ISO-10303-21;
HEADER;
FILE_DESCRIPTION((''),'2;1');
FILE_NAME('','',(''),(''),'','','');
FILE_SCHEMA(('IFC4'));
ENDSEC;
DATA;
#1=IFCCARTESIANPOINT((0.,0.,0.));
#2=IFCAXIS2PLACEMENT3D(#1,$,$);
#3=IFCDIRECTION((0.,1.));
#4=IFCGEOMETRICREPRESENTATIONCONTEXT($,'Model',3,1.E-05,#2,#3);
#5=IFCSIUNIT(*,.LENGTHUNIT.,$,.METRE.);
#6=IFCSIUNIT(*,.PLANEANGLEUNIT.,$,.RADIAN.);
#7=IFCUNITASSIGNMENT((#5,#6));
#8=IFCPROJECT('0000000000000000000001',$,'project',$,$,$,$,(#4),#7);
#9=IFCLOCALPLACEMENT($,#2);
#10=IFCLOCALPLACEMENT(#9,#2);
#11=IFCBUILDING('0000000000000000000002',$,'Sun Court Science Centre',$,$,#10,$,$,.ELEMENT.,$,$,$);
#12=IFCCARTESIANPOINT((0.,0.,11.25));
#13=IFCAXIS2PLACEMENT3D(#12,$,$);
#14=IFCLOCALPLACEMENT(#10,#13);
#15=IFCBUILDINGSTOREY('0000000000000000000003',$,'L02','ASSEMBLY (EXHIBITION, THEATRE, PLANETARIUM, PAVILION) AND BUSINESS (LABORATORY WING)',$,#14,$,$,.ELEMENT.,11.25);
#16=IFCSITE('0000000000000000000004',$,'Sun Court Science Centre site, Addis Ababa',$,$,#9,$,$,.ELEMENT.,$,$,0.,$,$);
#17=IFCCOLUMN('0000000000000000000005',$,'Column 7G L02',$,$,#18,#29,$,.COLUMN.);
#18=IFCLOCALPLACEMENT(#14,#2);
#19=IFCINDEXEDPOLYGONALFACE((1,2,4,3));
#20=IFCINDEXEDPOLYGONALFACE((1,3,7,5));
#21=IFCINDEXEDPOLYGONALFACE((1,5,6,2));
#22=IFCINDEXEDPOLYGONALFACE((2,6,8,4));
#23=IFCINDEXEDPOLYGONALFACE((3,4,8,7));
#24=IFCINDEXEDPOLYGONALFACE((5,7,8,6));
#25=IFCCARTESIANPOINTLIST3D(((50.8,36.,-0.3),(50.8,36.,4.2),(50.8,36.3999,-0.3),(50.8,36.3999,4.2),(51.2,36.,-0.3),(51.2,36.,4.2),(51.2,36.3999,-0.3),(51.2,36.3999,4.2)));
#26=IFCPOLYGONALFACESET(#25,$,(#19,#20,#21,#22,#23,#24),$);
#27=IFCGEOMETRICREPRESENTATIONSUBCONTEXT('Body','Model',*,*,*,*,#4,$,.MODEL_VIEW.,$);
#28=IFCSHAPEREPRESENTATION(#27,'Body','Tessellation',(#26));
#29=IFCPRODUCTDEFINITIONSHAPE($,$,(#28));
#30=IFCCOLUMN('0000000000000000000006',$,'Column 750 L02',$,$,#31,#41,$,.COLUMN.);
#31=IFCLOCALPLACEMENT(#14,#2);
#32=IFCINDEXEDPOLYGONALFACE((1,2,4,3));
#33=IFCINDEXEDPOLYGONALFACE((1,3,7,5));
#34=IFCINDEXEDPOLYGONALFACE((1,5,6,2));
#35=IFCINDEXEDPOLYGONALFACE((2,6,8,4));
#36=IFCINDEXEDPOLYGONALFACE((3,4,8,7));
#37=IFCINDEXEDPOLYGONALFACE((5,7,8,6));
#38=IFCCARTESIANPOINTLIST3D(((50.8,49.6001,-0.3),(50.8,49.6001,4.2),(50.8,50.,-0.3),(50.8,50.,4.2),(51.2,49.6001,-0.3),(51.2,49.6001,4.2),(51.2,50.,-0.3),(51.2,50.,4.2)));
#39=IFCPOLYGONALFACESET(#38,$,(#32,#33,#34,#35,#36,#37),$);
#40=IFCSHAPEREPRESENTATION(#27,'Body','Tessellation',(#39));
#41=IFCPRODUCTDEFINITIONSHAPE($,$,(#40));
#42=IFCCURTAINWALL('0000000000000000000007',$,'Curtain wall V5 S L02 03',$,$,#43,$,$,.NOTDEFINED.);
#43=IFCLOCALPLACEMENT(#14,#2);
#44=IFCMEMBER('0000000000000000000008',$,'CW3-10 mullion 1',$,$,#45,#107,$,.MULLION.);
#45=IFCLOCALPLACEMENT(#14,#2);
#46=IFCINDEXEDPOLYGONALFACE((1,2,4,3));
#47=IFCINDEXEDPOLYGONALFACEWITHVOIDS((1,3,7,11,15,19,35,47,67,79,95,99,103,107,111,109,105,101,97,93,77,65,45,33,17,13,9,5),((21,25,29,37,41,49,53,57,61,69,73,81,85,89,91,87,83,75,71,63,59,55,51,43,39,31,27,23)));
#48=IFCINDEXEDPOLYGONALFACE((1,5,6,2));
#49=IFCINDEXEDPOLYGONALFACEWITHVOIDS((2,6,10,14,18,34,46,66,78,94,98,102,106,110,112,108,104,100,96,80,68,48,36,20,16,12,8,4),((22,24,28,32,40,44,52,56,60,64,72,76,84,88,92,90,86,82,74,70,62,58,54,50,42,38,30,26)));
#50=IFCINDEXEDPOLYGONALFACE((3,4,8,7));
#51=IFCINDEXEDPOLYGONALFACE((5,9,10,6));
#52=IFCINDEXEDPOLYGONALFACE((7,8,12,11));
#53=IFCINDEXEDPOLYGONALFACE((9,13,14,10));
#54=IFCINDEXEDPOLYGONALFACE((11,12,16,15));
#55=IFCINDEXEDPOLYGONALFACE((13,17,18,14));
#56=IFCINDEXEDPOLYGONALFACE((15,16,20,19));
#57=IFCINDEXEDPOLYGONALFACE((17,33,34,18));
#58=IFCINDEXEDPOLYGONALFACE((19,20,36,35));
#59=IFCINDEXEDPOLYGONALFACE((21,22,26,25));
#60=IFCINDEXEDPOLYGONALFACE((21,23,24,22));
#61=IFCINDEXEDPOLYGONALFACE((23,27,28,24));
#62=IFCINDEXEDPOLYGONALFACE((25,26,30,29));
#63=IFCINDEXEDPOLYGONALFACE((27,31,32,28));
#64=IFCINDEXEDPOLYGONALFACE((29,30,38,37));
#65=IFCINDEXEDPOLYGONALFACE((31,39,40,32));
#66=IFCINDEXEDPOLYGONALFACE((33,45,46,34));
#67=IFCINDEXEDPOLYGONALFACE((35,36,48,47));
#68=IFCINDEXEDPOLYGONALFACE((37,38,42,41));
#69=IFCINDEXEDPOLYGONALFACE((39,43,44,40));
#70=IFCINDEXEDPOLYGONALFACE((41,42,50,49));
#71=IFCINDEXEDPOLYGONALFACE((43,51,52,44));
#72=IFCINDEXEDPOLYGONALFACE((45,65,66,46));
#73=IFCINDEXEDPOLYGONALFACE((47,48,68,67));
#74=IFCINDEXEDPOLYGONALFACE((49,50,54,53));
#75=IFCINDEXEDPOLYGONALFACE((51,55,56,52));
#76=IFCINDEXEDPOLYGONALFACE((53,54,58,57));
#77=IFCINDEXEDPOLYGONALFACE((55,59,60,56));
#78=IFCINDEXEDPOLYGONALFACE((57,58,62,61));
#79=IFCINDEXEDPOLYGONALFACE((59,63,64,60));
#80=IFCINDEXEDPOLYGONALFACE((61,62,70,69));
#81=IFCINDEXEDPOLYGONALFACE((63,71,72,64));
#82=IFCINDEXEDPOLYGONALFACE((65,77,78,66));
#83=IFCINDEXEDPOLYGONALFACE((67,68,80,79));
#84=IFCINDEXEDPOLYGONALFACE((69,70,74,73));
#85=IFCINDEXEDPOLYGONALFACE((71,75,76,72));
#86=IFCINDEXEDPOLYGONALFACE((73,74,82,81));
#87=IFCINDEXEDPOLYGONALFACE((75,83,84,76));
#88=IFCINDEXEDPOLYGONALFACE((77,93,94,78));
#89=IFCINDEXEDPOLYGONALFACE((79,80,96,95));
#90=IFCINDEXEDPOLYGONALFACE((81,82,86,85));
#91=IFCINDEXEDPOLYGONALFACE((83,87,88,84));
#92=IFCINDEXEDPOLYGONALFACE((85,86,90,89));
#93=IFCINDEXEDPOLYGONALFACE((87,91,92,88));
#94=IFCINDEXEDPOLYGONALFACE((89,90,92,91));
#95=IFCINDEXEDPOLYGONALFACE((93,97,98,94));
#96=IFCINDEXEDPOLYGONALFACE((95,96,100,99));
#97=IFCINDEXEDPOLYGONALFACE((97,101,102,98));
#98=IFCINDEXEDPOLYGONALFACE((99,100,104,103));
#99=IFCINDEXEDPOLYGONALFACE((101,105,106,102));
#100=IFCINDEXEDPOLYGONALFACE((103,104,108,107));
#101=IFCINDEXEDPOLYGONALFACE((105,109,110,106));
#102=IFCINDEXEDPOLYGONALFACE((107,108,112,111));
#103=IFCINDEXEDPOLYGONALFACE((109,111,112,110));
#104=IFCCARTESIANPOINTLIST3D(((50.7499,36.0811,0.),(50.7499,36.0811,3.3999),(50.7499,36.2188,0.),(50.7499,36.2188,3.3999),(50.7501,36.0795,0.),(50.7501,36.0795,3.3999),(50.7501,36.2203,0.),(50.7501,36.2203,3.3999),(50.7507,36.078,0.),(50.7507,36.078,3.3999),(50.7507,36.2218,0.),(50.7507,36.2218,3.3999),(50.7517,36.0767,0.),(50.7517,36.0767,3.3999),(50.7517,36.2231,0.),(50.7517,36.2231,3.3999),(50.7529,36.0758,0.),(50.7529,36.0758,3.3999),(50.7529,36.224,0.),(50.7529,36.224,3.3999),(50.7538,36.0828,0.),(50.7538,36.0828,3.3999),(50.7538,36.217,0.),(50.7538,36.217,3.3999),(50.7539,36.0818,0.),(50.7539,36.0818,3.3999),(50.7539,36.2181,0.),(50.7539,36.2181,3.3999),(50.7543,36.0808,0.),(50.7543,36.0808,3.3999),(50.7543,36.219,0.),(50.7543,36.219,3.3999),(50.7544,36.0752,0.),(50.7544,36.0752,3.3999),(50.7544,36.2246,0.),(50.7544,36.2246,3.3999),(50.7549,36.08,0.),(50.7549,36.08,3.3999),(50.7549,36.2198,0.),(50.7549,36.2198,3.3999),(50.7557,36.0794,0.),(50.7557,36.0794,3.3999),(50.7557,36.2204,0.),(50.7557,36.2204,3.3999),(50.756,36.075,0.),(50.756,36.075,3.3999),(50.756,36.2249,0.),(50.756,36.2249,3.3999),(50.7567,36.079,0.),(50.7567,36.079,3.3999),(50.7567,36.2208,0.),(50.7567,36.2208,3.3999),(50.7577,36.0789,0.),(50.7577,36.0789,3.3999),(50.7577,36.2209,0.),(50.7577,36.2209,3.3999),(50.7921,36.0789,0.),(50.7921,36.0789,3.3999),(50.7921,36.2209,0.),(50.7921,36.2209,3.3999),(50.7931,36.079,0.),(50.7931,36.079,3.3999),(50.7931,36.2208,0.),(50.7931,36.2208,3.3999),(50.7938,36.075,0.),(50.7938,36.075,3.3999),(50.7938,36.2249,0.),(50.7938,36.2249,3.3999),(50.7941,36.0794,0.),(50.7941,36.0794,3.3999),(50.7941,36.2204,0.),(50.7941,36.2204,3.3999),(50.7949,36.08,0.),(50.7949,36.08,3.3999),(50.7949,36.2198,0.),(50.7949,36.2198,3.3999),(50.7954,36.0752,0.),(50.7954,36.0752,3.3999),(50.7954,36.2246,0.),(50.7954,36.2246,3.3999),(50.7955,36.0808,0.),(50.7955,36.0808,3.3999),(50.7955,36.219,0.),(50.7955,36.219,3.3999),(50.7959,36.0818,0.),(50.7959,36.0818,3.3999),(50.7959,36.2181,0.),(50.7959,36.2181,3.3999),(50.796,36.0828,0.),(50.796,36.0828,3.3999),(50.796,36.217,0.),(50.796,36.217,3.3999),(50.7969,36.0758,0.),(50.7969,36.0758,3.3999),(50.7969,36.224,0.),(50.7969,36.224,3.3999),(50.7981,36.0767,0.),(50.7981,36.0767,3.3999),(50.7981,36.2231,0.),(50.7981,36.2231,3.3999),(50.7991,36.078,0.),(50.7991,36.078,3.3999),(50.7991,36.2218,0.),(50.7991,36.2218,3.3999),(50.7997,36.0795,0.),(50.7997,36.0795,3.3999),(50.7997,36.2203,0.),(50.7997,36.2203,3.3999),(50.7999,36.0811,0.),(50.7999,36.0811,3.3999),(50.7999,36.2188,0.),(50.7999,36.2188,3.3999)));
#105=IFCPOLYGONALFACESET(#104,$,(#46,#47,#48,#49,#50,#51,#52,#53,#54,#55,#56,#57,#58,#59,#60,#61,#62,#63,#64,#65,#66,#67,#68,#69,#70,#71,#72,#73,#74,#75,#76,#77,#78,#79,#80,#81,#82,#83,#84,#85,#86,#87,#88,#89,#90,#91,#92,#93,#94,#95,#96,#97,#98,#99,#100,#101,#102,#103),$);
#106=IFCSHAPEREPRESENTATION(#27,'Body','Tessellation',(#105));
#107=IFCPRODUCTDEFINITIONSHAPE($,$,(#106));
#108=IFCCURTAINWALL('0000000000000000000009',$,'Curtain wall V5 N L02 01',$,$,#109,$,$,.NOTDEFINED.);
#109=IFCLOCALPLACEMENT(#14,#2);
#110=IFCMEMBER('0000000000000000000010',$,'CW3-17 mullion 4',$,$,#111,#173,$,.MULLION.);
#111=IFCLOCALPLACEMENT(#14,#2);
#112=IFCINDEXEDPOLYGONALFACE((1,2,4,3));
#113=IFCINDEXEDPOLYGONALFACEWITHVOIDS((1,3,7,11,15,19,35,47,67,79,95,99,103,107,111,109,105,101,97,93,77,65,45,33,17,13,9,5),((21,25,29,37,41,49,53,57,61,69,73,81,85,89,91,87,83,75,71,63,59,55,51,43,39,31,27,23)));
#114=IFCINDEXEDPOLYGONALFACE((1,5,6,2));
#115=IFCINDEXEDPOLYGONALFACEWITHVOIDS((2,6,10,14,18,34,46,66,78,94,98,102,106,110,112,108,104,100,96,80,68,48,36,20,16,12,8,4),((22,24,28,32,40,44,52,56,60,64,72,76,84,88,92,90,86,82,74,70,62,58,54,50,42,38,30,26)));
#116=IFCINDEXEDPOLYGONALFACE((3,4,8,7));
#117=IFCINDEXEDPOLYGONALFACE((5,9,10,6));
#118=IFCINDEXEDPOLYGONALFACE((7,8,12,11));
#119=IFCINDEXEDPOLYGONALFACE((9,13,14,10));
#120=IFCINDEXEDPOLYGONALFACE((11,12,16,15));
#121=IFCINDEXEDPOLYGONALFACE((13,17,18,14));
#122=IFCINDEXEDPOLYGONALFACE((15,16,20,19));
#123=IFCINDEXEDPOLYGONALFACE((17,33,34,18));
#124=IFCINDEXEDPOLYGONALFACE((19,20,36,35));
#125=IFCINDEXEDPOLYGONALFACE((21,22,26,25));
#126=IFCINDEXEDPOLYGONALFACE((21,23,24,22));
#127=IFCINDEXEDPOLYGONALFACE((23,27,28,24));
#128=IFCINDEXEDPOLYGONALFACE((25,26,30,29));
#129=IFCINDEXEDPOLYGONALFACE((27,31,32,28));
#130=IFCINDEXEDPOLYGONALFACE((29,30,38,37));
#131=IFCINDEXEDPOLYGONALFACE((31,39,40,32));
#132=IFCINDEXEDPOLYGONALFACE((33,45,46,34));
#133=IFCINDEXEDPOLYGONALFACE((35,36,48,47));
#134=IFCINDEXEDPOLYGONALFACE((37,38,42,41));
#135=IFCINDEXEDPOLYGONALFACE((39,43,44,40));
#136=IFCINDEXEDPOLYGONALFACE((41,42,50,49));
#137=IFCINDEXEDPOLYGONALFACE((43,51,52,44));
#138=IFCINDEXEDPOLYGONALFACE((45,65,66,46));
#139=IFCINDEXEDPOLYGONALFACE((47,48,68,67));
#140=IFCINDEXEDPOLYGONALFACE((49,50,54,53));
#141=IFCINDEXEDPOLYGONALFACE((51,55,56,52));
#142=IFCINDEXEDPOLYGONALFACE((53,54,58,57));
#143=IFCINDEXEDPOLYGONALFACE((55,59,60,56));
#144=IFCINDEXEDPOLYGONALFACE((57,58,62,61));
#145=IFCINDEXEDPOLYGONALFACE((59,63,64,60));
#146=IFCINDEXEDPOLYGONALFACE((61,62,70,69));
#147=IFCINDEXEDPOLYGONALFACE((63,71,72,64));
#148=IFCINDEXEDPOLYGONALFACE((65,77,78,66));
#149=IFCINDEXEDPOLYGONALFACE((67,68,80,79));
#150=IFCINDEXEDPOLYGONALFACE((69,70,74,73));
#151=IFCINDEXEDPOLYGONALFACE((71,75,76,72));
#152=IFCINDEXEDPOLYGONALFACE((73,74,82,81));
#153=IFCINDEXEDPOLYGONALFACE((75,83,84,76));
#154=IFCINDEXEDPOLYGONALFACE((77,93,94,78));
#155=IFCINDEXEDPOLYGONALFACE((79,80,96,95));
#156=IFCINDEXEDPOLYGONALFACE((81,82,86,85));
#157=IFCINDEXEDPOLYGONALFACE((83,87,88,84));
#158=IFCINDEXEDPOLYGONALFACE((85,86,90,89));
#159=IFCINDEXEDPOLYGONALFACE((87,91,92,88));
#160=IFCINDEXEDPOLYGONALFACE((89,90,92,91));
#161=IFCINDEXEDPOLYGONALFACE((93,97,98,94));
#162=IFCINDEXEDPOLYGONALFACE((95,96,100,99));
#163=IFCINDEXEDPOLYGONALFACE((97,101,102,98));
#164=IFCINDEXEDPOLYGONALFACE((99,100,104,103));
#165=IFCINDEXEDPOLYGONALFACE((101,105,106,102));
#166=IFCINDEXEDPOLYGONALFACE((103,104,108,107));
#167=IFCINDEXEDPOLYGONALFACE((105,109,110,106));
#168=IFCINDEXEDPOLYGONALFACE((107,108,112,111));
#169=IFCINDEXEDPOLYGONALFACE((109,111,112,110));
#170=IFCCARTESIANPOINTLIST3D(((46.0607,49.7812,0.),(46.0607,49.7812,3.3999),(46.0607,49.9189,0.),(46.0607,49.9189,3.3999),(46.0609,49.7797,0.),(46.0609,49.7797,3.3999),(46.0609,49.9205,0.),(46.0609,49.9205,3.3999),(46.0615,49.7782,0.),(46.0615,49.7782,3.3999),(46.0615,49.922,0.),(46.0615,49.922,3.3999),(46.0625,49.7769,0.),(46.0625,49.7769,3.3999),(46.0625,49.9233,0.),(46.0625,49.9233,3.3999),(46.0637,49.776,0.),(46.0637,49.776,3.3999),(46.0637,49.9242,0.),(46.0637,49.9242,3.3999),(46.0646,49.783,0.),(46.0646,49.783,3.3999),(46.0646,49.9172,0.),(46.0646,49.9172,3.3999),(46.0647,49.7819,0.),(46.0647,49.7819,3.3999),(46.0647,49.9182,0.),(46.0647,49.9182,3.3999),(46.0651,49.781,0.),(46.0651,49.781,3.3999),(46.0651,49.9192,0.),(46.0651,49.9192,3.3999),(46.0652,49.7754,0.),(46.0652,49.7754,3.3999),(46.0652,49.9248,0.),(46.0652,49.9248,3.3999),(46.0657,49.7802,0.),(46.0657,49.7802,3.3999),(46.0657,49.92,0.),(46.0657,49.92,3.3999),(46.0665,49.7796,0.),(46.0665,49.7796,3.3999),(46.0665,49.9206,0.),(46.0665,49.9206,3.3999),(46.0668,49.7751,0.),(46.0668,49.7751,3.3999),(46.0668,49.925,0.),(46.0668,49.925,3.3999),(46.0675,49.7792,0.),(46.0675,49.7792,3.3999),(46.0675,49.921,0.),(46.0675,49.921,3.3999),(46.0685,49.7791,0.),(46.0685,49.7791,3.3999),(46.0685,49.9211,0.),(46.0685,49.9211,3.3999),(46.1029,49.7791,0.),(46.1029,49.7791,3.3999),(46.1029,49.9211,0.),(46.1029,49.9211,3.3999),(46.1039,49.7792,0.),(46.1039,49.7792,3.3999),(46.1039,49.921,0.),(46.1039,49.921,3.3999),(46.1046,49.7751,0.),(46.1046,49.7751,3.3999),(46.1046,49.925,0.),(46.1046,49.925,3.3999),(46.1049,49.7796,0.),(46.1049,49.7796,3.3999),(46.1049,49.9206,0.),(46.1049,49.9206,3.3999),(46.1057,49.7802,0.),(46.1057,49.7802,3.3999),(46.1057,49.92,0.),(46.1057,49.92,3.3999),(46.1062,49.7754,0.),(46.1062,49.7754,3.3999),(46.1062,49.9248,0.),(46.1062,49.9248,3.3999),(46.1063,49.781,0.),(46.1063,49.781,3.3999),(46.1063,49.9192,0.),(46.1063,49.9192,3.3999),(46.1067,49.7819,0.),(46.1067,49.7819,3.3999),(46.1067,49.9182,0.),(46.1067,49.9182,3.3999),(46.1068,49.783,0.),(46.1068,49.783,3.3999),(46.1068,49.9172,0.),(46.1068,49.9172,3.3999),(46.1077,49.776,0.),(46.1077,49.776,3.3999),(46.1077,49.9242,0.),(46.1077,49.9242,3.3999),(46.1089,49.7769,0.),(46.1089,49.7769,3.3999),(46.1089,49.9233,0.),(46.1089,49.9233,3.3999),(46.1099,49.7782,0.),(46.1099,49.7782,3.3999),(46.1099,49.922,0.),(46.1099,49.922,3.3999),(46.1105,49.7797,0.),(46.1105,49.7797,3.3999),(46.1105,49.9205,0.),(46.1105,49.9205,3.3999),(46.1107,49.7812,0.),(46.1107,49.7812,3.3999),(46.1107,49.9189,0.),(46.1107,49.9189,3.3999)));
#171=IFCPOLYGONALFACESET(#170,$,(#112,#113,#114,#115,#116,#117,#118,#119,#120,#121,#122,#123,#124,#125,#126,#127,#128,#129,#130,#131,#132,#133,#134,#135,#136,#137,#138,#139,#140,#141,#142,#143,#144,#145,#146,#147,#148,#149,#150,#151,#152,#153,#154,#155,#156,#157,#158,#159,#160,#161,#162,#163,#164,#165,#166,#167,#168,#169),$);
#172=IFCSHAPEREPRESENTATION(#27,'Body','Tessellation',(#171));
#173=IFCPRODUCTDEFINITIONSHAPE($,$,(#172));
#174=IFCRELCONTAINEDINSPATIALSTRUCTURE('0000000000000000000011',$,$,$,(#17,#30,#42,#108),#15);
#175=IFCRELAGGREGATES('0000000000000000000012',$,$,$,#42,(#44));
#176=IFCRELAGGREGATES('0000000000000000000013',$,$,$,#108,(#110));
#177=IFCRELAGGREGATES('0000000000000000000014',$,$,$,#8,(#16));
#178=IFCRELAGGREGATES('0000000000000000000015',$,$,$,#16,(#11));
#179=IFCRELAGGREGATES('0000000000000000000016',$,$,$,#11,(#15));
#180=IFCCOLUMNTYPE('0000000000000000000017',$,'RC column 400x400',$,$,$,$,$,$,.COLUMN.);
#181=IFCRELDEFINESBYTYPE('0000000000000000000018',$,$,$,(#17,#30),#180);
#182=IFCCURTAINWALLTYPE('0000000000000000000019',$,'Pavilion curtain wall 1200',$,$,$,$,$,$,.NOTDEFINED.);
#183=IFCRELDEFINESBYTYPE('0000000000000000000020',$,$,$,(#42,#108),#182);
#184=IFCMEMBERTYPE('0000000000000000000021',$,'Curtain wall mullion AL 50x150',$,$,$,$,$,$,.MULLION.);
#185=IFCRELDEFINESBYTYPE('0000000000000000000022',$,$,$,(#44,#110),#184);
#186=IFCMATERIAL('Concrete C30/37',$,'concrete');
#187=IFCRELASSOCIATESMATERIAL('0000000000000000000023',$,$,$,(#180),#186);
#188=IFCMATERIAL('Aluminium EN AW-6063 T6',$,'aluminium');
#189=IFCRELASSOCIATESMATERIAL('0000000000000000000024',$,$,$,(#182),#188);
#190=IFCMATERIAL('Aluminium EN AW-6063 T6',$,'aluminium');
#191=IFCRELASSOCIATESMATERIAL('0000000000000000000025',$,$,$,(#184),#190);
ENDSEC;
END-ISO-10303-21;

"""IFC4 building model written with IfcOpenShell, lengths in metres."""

from ifc_helpers import new_model, si_unit, direction, frame, origin, origin_2d, place, context, subcontext, project, spatial, rectangle, hollow_rectangle, extrude, material, material_profile, profile_set, type_object, element, aggregate, save


model = new_model("IFC4")

# Units and contexts
model_context = context("Model", 3, precision=1e-05, world=origin(), true_north=direction((0.0, 1.0)))
body_context = subcontext(model_context, "Body", "Model", "MODEL_VIEW")
ifc_project = project(units=[si_unit("LENGTHUNIT", "METRE"), si_unit("PLANEANGLEUNIT", "RADIAN")], contexts=[model_context])

# Site, building, storey
site_placement = place(None, origin())
site = spatial("IfcSite", under=ifc_project, at=site_placement, Name="Sun Court Science Centre site, Addis Ababa", CompositionType="ELEMENT", RefElevation=0.0)
building_placement = place(site_placement, origin())
building = spatial("IfcBuilding", under=site, at=building_placement, Name="Sun Court Science Centre", CompositionType="ELEMENT")
storey_placement = place(building_placement, frame((0.0, 0.0, 11.25)))
storey = spatial("IfcBuildingStorey", under=building, at=storey_placement, Name="L02", Description="ASSEMBLY (EXHIBITION, THEATRE, PLANETARIUM, PAVILION) AND BUSINESS (LABORATORY WING)", CompositionType="ELEMENT", Elevation=11.25)

# Columns
ifc_material_1 = material(Name="Concrete C30/37", Category="concrete")
ifc_material_profile_1 = material_profile(ifc_material_1, rectangle(XDim=0.3999, YDim=0.3999, at=origin_2d()), Name="RC 400x400")
ifc_profile_set_1 = profile_set([ifc_material_profile_1], Name="Concrete C30/37")
column_type = type_object("IfcColumnType", Name="RC column 400x400", PredefinedType="COLUMN", material=ifc_profile_set_1)
for number, where, z_axis, x_axis, name in (
    (1, (51.0, 36.2, -0.3), (0.0, 0.0, 1.0), (1.0, 0.0, 0.0), "Column 7G L02"),
    (2, (51.0, 49.8, -0.3), (0.0, 0.0, 1.0), (1.0, 0.0, 0.0), "Column 750 L02"),
):
    element("IfcColumn", number, at=place(storey_placement, frame(where, z_axis=z_axis, x_axis=x_axis)), inside=storey, type_object=column_type, Name=name, PredefinedType="COLUMN", context=body_context, shape_type="SweptSolid", body=[
        extrude(rectangle(XDim=0.3999, YDim=0.3999, at=origin_2d()), origin(), (0.0, 0.0, 1.0), 4.5),
    ])

# Curtain wall, member
ifc_material_2 = material(Name="Aluminium EN AW-6063 T6", Category="aluminium")
curtain_wall_type = type_object("IfcCurtainWallType", Name="Pavilion curtain wall 1200", PredefinedType="NOTDEFINED", material=ifc_material_2)
curtain_wall_1_placement = place(storey_placement, origin())
curtain_wall_1 = element("IfcCurtainWall", 3, at=curtain_wall_1_placement, inside=storey, type_object=curtain_wall_type, Name="Curtain wall V5 S L02 03", PredefinedType="NOTDEFINED")
ifc_material_3 = material(Name="Aluminium EN AW-6063 T6", Category="aluminium")
ifc_material_profile_2 = material_profile(ifc_material_3, hollow_rectangle(XDim=0.05, YDim=0.1499, WallThickness=0.0039, InnerFilletRadius=0.0039, OuterFilletRadius=0.0061, at=origin_2d()), Name="AL 50x150x4")
ifc_profile_set_2 = profile_set([ifc_material_profile_2], Name="Aluminium EN AW-6063 T6")
member_type_1 = type_object("IfcMemberType", Name="Curtain wall mullion AL 50x150", PredefinedType="MULLION", material=ifc_profile_set_2)
member_1_placement = place(storey_placement, frame((50.7749, 36.1499, 0.0), z_axis=(0.0, 0.0, 1.0), x_axis=(-1.0, 0.0, 0.0)))
member_1 = element("IfcMember", 4, at=member_1_placement, type_object=member_type_1, Name="CW3-10 mullion 1", PredefinedType="MULLION", context=body_context, shape_type="SweptSolid", body=[
    extrude(hollow_rectangle(XDim=0.05, YDim=0.1499, WallThickness=0.0039, InnerFilletRadius=0.0039, OuterFilletRadius=0.0061, at=origin_2d()), origin(), (0.0, 0.0, 1.0), 3.3999),
])
aggregate(curtain_wall_1, [member_1])

# Curtain wall, member
curtain_wall_2_placement = place(storey_placement, origin())
curtain_wall_2 = element("IfcCurtainWall", 5, at=curtain_wall_2_placement, inside=storey, type_object=curtain_wall_type, Name="Curtain wall V5 N L02 01", PredefinedType="NOTDEFINED")
member_2_placement = place(storey_placement, frame((46.0857, 49.8501, 0.0), z_axis=(0.0, 0.0, 1.0), x_axis=(1.0, 0.0, 0.0)))
member_2 = element("IfcMember", 6, at=member_2_placement, type_object=member_type_1, Name="CW3-17 mullion 4", PredefinedType="MULLION", context=body_context, shape_type="SweptSolid", body=[
    extrude(hollow_rectangle(XDim=0.05, YDim=0.1499, WallThickness=0.0039, InnerFilletRadius=0.0039, OuterFilletRadius=0.0061, at=origin_2d()), origin(), (0.0, 0.0, 1.0), 3.3999),
])

aggregate(curtain_wall_2, [member_2])

save(model, "model.ifc")
